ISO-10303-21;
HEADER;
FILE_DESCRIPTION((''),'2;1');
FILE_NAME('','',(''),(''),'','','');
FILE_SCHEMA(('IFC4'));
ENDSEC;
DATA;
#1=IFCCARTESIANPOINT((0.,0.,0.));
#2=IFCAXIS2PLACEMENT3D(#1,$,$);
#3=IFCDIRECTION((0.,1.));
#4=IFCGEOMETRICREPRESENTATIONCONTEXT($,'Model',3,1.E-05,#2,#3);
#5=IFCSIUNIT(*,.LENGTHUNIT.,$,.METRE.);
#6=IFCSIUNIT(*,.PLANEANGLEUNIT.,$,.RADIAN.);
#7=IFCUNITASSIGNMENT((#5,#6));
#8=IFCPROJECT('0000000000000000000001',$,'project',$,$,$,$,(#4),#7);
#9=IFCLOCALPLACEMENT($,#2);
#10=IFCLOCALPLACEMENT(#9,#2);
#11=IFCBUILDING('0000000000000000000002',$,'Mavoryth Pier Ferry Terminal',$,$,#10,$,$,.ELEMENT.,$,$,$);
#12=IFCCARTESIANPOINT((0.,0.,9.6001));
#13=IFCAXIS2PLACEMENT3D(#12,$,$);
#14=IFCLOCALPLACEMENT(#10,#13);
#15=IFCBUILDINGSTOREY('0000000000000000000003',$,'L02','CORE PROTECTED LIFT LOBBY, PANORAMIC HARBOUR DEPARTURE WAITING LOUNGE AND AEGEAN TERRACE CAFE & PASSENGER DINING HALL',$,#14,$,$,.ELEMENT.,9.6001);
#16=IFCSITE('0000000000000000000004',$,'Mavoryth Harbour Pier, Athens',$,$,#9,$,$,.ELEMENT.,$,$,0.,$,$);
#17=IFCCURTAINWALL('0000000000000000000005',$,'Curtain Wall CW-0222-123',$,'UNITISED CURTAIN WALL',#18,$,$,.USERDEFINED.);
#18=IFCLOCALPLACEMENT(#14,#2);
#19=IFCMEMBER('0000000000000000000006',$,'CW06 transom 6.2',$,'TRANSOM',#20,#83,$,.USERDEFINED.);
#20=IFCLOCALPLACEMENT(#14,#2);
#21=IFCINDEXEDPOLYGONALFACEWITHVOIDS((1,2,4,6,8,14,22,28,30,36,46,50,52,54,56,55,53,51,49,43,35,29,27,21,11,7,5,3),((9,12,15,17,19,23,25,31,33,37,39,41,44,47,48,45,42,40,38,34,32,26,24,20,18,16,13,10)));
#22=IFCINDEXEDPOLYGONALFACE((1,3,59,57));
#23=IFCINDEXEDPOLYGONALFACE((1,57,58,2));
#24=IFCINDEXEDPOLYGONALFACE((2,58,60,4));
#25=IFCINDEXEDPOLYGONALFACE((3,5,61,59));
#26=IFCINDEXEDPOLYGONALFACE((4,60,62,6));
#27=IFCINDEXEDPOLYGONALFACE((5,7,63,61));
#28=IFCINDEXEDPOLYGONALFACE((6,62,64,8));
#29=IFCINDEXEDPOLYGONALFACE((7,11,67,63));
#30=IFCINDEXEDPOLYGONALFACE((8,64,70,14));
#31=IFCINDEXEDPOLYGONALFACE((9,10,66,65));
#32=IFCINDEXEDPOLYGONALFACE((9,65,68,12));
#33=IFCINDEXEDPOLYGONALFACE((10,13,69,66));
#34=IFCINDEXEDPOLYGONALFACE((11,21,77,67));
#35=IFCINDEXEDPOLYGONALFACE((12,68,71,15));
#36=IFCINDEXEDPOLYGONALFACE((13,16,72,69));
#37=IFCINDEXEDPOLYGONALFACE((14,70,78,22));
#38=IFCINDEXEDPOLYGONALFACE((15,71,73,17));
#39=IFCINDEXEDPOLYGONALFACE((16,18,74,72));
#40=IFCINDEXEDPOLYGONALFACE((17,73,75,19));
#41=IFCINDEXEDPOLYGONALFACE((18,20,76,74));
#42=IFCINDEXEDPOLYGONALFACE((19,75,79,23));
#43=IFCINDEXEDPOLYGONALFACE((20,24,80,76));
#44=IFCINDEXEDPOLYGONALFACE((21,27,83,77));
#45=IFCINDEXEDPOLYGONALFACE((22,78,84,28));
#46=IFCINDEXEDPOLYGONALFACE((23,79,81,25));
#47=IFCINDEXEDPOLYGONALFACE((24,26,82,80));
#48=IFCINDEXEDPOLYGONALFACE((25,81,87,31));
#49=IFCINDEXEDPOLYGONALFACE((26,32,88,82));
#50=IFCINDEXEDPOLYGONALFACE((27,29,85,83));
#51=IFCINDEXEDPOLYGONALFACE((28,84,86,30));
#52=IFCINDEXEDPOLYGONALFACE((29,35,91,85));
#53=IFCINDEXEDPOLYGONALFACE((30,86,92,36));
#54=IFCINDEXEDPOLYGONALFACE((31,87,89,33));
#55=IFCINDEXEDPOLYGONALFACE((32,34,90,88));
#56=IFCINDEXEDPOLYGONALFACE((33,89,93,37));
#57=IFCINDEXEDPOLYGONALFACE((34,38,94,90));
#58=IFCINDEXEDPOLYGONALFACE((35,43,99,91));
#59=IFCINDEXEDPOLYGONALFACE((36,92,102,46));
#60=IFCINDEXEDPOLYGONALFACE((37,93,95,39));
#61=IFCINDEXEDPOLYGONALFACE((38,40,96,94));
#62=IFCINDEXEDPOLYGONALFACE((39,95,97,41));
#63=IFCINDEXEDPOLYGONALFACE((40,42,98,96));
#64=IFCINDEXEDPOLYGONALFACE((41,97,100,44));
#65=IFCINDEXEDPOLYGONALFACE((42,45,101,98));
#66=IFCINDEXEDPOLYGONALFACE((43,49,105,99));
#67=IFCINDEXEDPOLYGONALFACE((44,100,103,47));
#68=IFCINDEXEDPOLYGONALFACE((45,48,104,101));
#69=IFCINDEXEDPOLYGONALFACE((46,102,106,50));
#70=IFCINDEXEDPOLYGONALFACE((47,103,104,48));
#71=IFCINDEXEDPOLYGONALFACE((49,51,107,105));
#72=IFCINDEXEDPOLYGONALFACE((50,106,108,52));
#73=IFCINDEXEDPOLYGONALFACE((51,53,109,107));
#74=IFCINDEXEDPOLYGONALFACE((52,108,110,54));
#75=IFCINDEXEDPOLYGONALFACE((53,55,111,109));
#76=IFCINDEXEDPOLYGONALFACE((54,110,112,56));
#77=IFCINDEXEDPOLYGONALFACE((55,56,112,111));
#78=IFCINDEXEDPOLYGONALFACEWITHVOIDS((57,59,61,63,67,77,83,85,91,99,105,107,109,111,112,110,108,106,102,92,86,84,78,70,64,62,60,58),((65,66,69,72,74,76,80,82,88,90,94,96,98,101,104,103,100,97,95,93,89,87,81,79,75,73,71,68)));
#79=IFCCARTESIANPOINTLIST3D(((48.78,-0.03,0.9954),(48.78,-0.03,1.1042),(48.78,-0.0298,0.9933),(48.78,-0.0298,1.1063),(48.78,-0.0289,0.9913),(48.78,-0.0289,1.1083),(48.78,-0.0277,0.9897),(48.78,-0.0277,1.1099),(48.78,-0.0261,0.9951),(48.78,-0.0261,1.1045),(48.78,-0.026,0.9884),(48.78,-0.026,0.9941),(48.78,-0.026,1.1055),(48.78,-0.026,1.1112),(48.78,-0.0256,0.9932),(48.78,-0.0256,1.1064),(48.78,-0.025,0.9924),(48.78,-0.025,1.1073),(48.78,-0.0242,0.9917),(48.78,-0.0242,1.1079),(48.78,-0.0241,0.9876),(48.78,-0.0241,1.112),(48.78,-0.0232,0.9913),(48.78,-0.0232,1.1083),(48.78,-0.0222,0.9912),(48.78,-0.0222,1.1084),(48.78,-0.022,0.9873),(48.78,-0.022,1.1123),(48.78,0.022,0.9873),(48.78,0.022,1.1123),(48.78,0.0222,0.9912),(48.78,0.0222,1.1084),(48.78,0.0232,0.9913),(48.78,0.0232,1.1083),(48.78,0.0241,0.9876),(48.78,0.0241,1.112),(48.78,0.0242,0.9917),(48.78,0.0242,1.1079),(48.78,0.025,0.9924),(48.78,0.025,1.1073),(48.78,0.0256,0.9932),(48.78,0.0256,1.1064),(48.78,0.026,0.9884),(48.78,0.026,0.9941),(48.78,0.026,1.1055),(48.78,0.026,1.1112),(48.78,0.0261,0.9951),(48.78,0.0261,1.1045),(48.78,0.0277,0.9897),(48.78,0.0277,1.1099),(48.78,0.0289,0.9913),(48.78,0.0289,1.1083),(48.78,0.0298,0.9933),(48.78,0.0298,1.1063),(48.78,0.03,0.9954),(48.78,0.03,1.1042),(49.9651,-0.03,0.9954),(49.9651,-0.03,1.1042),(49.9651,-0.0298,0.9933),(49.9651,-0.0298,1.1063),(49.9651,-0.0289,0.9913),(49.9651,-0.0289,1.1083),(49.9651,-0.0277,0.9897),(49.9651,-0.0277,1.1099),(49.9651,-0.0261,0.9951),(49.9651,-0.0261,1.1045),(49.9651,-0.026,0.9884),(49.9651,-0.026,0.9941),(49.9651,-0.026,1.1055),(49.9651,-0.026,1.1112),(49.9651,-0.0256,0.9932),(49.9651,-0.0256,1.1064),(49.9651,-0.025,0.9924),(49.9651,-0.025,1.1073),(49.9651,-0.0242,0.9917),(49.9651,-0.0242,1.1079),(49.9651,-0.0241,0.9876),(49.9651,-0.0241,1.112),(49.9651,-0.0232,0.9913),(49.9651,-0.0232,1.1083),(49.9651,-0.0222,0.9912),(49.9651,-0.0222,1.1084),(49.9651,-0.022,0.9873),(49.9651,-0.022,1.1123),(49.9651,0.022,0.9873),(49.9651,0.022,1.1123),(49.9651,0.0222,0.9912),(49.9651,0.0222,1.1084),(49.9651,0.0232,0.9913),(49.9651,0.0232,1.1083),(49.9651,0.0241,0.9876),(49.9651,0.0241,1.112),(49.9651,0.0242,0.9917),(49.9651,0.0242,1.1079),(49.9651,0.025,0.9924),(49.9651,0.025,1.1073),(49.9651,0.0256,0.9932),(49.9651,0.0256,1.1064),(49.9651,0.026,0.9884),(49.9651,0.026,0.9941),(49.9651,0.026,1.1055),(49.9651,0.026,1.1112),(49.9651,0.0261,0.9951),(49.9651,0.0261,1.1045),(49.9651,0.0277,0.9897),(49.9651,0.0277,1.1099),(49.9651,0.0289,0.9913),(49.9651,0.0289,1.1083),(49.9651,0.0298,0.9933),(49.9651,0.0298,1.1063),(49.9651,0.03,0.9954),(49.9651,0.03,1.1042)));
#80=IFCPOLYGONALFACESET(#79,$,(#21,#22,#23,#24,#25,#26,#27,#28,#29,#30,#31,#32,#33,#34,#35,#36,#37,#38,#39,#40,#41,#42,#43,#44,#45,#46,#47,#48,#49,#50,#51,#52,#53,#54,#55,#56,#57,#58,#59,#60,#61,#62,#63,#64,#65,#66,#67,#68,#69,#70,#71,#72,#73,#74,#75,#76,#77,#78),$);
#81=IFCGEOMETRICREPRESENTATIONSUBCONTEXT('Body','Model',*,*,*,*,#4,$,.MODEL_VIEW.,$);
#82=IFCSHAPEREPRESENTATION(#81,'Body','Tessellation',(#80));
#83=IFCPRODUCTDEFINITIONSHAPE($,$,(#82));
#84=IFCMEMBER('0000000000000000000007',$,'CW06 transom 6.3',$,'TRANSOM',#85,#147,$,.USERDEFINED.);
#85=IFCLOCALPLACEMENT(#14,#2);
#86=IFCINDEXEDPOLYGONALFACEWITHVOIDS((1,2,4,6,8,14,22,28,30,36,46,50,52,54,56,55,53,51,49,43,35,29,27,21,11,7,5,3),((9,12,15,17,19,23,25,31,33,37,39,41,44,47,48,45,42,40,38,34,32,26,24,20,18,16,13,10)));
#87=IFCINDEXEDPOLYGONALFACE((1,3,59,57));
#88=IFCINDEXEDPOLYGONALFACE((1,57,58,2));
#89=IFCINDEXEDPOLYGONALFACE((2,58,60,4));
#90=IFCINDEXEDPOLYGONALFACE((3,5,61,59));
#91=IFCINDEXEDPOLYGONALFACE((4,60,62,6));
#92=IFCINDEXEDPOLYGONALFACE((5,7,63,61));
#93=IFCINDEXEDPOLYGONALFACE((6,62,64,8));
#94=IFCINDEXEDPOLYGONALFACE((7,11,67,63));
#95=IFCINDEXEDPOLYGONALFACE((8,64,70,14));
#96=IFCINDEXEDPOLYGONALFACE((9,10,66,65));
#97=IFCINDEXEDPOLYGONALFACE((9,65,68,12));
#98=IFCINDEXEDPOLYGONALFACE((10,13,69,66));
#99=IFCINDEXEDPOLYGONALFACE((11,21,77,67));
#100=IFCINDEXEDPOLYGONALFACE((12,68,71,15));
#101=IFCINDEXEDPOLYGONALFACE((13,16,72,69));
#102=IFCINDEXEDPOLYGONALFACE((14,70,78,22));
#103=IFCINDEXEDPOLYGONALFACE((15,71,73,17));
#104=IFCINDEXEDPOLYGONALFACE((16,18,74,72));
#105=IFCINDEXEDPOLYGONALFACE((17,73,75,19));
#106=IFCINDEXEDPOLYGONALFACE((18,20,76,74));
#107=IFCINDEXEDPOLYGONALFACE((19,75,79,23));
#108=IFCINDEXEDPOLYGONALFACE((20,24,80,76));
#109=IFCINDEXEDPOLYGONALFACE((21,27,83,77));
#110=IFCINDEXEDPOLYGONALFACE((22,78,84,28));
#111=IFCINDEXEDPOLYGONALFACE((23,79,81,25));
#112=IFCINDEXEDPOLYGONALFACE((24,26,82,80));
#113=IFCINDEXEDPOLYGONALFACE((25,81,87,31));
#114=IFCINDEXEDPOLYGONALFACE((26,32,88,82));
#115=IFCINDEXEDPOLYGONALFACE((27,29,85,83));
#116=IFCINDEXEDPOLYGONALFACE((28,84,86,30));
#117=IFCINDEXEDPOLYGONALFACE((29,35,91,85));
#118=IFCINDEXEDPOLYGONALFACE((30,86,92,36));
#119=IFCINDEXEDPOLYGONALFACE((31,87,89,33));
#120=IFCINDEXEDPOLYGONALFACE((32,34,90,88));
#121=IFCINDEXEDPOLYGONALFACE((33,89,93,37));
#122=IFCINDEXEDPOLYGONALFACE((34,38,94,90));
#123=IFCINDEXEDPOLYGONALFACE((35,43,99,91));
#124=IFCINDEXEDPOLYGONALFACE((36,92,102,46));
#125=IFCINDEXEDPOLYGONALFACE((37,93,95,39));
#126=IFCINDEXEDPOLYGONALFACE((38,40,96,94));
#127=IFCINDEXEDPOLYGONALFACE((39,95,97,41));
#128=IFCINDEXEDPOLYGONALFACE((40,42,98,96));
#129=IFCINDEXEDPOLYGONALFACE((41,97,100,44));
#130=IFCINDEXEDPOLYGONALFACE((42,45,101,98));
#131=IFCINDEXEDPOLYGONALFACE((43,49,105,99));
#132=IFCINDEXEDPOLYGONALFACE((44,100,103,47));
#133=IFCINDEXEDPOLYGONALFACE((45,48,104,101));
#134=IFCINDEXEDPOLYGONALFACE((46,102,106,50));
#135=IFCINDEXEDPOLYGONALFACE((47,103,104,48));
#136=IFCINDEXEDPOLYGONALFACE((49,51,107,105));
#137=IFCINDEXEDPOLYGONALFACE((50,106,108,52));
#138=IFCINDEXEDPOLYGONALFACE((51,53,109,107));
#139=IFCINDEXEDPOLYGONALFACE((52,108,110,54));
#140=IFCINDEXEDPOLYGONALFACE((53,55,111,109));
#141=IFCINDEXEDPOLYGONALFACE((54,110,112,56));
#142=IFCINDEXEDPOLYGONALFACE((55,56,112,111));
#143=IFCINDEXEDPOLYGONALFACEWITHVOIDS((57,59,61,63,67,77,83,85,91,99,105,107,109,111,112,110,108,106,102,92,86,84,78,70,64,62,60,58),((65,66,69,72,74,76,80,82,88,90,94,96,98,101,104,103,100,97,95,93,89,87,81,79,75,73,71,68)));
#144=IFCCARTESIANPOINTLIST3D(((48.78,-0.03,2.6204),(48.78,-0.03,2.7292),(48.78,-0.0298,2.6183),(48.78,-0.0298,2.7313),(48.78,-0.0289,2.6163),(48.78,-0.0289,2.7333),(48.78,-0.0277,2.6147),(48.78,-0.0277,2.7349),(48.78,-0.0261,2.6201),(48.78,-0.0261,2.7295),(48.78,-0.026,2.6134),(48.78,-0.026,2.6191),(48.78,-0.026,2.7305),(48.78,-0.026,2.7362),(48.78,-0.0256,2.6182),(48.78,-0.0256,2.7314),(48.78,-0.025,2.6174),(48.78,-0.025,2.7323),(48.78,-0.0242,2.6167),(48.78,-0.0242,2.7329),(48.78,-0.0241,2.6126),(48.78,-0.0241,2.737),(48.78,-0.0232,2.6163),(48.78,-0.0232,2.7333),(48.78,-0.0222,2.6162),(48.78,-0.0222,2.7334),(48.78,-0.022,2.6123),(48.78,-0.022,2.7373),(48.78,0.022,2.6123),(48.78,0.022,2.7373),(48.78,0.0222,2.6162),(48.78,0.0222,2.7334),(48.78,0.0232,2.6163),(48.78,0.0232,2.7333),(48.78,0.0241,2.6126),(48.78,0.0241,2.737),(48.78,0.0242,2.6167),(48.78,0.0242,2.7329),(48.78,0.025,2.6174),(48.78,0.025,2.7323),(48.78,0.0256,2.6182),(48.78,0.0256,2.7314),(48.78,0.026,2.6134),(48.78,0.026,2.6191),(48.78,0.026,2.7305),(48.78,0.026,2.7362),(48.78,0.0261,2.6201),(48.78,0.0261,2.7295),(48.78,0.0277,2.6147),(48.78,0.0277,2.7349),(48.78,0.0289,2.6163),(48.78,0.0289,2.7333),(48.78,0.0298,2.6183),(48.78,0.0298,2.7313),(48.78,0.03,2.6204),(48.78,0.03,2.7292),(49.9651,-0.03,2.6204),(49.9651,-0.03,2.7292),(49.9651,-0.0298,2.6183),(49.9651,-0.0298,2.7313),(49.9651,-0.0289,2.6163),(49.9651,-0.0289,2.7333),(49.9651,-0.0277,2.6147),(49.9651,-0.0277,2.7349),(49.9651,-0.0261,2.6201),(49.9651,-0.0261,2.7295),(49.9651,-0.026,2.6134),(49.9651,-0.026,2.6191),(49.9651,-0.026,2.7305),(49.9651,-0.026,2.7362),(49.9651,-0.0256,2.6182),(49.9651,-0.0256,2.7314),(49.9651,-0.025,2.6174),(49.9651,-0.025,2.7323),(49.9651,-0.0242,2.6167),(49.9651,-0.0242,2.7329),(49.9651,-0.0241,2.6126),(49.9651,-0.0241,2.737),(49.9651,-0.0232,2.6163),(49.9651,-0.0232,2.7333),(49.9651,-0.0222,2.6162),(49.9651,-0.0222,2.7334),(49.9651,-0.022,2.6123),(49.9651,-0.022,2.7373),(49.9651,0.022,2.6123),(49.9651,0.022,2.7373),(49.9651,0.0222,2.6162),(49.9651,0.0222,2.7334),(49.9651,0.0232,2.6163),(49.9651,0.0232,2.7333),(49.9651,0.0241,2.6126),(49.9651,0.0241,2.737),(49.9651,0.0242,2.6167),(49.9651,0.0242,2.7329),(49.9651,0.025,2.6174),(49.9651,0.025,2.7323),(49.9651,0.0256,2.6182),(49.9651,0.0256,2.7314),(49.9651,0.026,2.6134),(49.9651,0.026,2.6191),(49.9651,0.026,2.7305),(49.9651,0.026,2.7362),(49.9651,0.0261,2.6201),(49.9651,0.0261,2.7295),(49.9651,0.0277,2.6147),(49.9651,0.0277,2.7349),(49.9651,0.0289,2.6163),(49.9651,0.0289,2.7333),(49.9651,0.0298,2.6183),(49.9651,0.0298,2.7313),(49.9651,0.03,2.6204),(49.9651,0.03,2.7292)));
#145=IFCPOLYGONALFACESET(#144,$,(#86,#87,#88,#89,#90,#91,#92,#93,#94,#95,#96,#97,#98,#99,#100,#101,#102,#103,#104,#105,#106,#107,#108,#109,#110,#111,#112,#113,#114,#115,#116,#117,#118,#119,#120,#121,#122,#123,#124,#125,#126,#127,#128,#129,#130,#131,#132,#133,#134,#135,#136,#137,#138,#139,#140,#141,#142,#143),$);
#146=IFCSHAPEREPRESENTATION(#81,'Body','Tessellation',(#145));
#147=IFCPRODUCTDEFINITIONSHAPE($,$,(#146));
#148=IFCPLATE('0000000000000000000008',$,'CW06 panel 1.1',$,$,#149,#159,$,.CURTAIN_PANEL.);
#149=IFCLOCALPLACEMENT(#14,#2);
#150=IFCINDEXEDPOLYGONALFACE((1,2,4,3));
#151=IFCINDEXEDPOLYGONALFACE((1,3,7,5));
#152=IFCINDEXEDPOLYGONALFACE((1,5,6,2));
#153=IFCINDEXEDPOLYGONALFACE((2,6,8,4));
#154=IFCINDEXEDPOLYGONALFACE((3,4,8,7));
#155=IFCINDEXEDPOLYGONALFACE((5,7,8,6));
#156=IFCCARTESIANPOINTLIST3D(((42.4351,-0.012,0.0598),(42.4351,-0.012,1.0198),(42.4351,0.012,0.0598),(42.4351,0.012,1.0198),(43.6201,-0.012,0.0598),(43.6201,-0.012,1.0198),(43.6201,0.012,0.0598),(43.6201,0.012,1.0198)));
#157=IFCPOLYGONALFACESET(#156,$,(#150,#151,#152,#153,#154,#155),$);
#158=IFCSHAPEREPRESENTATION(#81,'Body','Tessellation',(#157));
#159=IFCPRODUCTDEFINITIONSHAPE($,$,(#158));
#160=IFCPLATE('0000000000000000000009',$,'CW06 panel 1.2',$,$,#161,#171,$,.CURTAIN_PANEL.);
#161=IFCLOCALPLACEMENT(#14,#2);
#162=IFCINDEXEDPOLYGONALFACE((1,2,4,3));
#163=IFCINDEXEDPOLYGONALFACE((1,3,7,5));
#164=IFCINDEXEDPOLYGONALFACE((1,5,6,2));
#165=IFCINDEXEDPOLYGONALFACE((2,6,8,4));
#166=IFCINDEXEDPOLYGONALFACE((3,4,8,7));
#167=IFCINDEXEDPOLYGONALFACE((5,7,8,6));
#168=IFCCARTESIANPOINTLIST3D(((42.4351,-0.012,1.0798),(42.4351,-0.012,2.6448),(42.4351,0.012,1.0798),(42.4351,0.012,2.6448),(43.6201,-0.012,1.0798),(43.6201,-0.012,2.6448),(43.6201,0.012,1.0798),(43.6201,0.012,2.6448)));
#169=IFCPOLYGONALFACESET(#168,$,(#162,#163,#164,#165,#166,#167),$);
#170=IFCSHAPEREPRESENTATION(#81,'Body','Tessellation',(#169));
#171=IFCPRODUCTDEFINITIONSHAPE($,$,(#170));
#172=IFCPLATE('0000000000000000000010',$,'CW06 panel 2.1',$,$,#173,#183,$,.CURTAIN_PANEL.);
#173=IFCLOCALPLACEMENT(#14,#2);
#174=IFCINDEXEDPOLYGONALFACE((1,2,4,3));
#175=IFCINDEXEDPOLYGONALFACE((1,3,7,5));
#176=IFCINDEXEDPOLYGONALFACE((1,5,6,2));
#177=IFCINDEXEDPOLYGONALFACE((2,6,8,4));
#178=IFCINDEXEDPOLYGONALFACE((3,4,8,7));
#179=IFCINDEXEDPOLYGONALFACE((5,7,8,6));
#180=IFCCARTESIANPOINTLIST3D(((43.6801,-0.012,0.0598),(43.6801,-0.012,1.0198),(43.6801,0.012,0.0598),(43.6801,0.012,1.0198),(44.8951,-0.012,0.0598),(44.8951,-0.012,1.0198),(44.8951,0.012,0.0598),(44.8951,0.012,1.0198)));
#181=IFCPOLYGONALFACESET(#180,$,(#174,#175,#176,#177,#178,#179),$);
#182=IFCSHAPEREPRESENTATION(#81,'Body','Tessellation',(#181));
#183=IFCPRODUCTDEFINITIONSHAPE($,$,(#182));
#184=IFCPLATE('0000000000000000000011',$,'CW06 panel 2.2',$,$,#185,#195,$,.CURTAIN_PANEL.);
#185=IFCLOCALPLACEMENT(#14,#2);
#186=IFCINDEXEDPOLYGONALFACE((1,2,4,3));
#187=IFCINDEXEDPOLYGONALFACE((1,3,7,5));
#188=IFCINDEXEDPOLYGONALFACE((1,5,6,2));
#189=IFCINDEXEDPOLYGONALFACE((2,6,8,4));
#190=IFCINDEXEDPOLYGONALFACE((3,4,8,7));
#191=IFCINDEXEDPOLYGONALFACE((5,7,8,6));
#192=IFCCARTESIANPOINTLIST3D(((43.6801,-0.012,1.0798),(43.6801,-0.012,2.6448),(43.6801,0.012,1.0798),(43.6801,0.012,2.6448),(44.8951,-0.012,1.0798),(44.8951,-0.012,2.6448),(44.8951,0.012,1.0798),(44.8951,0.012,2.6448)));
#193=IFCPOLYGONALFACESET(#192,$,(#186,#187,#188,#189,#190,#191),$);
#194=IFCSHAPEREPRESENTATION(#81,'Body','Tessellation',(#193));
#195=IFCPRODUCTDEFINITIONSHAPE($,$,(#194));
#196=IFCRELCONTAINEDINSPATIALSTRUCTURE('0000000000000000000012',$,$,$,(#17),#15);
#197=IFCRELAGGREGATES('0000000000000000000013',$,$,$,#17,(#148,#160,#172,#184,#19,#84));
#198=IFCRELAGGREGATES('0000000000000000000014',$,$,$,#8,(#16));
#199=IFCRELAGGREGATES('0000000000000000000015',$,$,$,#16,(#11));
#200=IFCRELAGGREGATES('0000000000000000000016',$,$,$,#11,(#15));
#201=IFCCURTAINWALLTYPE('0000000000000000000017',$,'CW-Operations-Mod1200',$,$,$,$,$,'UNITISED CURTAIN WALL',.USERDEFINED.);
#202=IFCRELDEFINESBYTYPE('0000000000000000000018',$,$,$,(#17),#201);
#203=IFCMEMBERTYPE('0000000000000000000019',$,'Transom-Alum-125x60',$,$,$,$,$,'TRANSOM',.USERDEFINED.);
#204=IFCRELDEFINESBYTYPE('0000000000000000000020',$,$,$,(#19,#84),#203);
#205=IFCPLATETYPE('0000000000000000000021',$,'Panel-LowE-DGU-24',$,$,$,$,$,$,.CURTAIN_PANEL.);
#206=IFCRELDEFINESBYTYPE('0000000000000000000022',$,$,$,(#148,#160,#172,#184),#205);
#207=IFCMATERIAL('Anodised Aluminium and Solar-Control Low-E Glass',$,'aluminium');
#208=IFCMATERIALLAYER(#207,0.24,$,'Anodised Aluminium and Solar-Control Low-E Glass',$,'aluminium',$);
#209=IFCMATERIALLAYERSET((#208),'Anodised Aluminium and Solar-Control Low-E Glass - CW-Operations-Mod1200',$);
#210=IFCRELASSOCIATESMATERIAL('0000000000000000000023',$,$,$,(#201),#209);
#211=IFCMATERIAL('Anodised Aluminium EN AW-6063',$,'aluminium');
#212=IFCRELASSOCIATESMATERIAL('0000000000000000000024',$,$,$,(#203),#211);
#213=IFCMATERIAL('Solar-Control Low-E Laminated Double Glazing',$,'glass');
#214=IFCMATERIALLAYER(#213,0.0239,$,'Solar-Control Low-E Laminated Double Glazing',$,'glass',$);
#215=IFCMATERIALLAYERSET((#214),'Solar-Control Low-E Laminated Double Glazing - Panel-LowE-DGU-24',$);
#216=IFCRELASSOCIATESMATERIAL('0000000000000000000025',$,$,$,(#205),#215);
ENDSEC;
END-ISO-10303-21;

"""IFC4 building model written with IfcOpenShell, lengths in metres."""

from ifc_helpers import new_model, si_unit, direction, frame, origin, origin_2d, place, context, subcontext, project, spatial, rectangle, hollow_rectangle, extrude, material, layer, layer_set, material_profile, profile_set, type_object, element, aggregate, save


model = new_model("IFC4")

# Units and contexts
model_context = context("Model", 3, precision=1e-05, world=origin(), true_north=direction((0.0, 1.0)))
body_context = subcontext(model_context, "Body", "Model", "MODEL_VIEW")
ifc_project = project(units=[si_unit("LENGTHUNIT", "METRE"), si_unit("PLANEANGLEUNIT", "RADIAN")], contexts=[model_context])

# Site, building, storey
site_placement = place(None, origin())
site = spatial("IfcSite", under=ifc_project, at=site_placement, Name="Mavoryth Harbour Pier, Athens", CompositionType="ELEMENT", RefElevation=0.0)
building_placement = place(site_placement, origin())
building = spatial("IfcBuilding", under=site, at=building_placement, Name="Mavoryth Pier Ferry Terminal", CompositionType="ELEMENT")
storey_placement = place(building_placement, frame((0.0, 0.0, 9.6001)))
storey = spatial("IfcBuildingStorey", under=building, at=storey_placement, Name="L02", Description="CORE PROTECTED LIFT LOBBY, PANORAMIC HARBOUR DEPARTURE WAITING LOUNGE AND AEGEAN TERRACE CAFE & PASSENGER DINING HALL", CompositionType="ELEMENT", Elevation=9.6001)

# Curtain wall
ifc_material_1 = material(Name="Anodised Aluminium and Solar-Control Low-E Glass", Category="aluminium")
ifc_layer_1 = layer(ifc_material_1, 0.24, Name="Anodised Aluminium and Solar-Control Low-E Glass", Category="aluminium")
ifc_layer_set_1 = layer_set([ifc_layer_1], Name="Anodised Aluminium and Solar-Control Low-E Glass - CW-Operations-Mod1200")
curtain_wall_type = type_object("IfcCurtainWallType", Name="CW-Operations-Mod1200", ElementType="UNITISED CURTAIN WALL", PredefinedType="USERDEFINED", material=ifc_layer_set_1)
curtain_wall_placement = place(storey_placement, origin())
curtain_wall = element("IfcCurtainWall", 1, at=curtain_wall_placement, inside=storey, type_object=curtain_wall_type, Name="Curtain Wall CW-0222-123", ObjectType="UNITISED CURTAIN WALL", PredefinedType="USERDEFINED")
ifc_material_2 = material(Name="Anodised Aluminium EN AW-6063", Category="aluminium")

# Members
ifc_material_profile_1 = material_profile(ifc_material_2, hollow_rectangle(XDim=0.0601, YDim=0.125, WallThickness=0.0039, InnerFilletRadius=0.0039, OuterFilletRadius=0.0081, at=origin_2d()), Name="AL-TRAN 125x60x4", Category="aluminium")
ifc_profile_set_1 = profile_set([ifc_material_profile_1], Name="Anodised Aluminium EN AW-6063 - AL-TRAN 125x60x4")
member_type_1 = type_object("IfcMemberType", Name="Transom-Alum-125x60", ElementType="TRANSOM", PredefinedType="USERDEFINED", material=ifc_profile_set_1)
member_1_placement = place(storey_placement, frame((48.78, 0.0, 1.0498), z_axis=(1.0, 0.0, 0.0), x_axis=(0.0, 1.0, 0.0)))
member_1 = element("IfcMember", 2, at=member_1_placement, type_object=member_type_1, Name="CW06 transom 6.2", ObjectType="TRANSOM", PredefinedType="USERDEFINED", context=body_context, shape_type="SweptSolid", body=[
    extrude(hollow_rectangle(XDim=0.0601, YDim=0.125, WallThickness=0.0039, InnerFilletRadius=0.0039, OuterFilletRadius=0.0081, at=origin_2d()), origin(), (0.0, 0.0, 1.0), 1.1851),
])
member_2_placement = place(storey_placement, frame((48.78, 0.0, 2.6748), z_axis=(1.0, 0.0, 0.0), x_axis=(0.0, 1.0, 0.0)))
member_2 = element("IfcMember", 3, at=member_2_placement, type_object=member_type_1, Name="CW06 transom 6.3", ObjectType="TRANSOM", PredefinedType="USERDEFINED", context=body_context, shape_type="SweptSolid", body=[
    extrude(hollow_rectangle(XDim=0.0601, YDim=0.125, WallThickness=0.0039, InnerFilletRadius=0.0039, OuterFilletRadius=0.0081, at=origin_2d()), origin(), (0.0, 0.0, 1.0), 1.1851),
])

# Plates
ifc_material_3 = material(Name="Solar-Control Low-E Laminated Double Glazing", Category="glass")
ifc_layer_2 = layer(ifc_material_3, 0.0239, Name="Solar-Control Low-E Laminated Double Glazing", Category="glass")
ifc_layer_set_2 = layer_set([ifc_layer_2], Name="Solar-Control Low-E Laminated Double Glazing - Panel-LowE-DGU-24")
plate_type = type_object("IfcPlateType", Name="Panel-LowE-DGU-24", PredefinedType="CURTAIN_PANEL", material=ifc_layer_set_2)
plate_1_placement = place(storey_placement, frame((43.0276, 0.0, 0.0598), z_axis=(0.0, 0.0, 1.0), x_axis=(1.0, 0.0, 0.0)))
plate_1 = element("IfcPlate", 4, at=plate_1_placement, type_object=plate_type, Name="CW06 panel 1.1", PredefinedType="CURTAIN_PANEL", context=body_context, shape_type="SweptSolid", body=[
    extrude(rectangle(XDim=1.1851, YDim=0.0239, at=origin_2d()), origin(), (0.0, 0.0, 1.0), 0.96),
])
plate_2_placement = place(storey_placement, frame((43.0276, 0.0, 1.0798), z_axis=(0.0, 0.0, 1.0), x_axis=(1.0, 0.0, 0.0)))
plate_2 = element("IfcPlate", 5, at=plate_2_placement, type_object=plate_type, Name="CW06 panel 1.2", PredefinedType="CURTAIN_PANEL", context=body_context, shape_type="SweptSolid", body=[
    extrude(rectangle(XDim=1.1851, YDim=0.0239, at=origin_2d()), origin(), (0.0, 0.0, 1.0), 1.5649),
])
plate_3_placement = place(storey_placement, frame((44.2876, 0.0, 0.0598), z_axis=(0.0, 0.0, 1.0), x_axis=(1.0, 0.0, 0.0)))
plate_3 = element("IfcPlate", 6, at=plate_3_placement, type_object=plate_type, Name="CW06 panel 2.1", PredefinedType="CURTAIN_PANEL", context=body_context, shape_type="SweptSolid", body=[
    extrude(rectangle(XDim=1.2151, YDim=0.0239, at=origin_2d()), origin(), (0.0, 0.0, 1.0), 0.96),
])
plate_4_placement = place(storey_placement, frame((44.2876, 0.0, 1.0798), z_axis=(0.0, 0.0, 1.0), x_axis=(1.0, 0.0, 0.0)))
plate_4 = element("IfcPlate", 7, at=plate_4_placement, type_object=plate_type, Name="CW06 panel 2.2", PredefinedType="CURTAIN_PANEL", context=body_context, shape_type="SweptSolid", body=[
    extrude(rectangle(XDim=1.2151, YDim=0.0239, at=origin_2d()), origin(), (0.0, 0.0, 1.0), 1.5649),
])
aggregate(curtain_wall, [plate_1, plate_2, plate_3, plate_4, member_1, member_2])

save(model, "model.ifc")
